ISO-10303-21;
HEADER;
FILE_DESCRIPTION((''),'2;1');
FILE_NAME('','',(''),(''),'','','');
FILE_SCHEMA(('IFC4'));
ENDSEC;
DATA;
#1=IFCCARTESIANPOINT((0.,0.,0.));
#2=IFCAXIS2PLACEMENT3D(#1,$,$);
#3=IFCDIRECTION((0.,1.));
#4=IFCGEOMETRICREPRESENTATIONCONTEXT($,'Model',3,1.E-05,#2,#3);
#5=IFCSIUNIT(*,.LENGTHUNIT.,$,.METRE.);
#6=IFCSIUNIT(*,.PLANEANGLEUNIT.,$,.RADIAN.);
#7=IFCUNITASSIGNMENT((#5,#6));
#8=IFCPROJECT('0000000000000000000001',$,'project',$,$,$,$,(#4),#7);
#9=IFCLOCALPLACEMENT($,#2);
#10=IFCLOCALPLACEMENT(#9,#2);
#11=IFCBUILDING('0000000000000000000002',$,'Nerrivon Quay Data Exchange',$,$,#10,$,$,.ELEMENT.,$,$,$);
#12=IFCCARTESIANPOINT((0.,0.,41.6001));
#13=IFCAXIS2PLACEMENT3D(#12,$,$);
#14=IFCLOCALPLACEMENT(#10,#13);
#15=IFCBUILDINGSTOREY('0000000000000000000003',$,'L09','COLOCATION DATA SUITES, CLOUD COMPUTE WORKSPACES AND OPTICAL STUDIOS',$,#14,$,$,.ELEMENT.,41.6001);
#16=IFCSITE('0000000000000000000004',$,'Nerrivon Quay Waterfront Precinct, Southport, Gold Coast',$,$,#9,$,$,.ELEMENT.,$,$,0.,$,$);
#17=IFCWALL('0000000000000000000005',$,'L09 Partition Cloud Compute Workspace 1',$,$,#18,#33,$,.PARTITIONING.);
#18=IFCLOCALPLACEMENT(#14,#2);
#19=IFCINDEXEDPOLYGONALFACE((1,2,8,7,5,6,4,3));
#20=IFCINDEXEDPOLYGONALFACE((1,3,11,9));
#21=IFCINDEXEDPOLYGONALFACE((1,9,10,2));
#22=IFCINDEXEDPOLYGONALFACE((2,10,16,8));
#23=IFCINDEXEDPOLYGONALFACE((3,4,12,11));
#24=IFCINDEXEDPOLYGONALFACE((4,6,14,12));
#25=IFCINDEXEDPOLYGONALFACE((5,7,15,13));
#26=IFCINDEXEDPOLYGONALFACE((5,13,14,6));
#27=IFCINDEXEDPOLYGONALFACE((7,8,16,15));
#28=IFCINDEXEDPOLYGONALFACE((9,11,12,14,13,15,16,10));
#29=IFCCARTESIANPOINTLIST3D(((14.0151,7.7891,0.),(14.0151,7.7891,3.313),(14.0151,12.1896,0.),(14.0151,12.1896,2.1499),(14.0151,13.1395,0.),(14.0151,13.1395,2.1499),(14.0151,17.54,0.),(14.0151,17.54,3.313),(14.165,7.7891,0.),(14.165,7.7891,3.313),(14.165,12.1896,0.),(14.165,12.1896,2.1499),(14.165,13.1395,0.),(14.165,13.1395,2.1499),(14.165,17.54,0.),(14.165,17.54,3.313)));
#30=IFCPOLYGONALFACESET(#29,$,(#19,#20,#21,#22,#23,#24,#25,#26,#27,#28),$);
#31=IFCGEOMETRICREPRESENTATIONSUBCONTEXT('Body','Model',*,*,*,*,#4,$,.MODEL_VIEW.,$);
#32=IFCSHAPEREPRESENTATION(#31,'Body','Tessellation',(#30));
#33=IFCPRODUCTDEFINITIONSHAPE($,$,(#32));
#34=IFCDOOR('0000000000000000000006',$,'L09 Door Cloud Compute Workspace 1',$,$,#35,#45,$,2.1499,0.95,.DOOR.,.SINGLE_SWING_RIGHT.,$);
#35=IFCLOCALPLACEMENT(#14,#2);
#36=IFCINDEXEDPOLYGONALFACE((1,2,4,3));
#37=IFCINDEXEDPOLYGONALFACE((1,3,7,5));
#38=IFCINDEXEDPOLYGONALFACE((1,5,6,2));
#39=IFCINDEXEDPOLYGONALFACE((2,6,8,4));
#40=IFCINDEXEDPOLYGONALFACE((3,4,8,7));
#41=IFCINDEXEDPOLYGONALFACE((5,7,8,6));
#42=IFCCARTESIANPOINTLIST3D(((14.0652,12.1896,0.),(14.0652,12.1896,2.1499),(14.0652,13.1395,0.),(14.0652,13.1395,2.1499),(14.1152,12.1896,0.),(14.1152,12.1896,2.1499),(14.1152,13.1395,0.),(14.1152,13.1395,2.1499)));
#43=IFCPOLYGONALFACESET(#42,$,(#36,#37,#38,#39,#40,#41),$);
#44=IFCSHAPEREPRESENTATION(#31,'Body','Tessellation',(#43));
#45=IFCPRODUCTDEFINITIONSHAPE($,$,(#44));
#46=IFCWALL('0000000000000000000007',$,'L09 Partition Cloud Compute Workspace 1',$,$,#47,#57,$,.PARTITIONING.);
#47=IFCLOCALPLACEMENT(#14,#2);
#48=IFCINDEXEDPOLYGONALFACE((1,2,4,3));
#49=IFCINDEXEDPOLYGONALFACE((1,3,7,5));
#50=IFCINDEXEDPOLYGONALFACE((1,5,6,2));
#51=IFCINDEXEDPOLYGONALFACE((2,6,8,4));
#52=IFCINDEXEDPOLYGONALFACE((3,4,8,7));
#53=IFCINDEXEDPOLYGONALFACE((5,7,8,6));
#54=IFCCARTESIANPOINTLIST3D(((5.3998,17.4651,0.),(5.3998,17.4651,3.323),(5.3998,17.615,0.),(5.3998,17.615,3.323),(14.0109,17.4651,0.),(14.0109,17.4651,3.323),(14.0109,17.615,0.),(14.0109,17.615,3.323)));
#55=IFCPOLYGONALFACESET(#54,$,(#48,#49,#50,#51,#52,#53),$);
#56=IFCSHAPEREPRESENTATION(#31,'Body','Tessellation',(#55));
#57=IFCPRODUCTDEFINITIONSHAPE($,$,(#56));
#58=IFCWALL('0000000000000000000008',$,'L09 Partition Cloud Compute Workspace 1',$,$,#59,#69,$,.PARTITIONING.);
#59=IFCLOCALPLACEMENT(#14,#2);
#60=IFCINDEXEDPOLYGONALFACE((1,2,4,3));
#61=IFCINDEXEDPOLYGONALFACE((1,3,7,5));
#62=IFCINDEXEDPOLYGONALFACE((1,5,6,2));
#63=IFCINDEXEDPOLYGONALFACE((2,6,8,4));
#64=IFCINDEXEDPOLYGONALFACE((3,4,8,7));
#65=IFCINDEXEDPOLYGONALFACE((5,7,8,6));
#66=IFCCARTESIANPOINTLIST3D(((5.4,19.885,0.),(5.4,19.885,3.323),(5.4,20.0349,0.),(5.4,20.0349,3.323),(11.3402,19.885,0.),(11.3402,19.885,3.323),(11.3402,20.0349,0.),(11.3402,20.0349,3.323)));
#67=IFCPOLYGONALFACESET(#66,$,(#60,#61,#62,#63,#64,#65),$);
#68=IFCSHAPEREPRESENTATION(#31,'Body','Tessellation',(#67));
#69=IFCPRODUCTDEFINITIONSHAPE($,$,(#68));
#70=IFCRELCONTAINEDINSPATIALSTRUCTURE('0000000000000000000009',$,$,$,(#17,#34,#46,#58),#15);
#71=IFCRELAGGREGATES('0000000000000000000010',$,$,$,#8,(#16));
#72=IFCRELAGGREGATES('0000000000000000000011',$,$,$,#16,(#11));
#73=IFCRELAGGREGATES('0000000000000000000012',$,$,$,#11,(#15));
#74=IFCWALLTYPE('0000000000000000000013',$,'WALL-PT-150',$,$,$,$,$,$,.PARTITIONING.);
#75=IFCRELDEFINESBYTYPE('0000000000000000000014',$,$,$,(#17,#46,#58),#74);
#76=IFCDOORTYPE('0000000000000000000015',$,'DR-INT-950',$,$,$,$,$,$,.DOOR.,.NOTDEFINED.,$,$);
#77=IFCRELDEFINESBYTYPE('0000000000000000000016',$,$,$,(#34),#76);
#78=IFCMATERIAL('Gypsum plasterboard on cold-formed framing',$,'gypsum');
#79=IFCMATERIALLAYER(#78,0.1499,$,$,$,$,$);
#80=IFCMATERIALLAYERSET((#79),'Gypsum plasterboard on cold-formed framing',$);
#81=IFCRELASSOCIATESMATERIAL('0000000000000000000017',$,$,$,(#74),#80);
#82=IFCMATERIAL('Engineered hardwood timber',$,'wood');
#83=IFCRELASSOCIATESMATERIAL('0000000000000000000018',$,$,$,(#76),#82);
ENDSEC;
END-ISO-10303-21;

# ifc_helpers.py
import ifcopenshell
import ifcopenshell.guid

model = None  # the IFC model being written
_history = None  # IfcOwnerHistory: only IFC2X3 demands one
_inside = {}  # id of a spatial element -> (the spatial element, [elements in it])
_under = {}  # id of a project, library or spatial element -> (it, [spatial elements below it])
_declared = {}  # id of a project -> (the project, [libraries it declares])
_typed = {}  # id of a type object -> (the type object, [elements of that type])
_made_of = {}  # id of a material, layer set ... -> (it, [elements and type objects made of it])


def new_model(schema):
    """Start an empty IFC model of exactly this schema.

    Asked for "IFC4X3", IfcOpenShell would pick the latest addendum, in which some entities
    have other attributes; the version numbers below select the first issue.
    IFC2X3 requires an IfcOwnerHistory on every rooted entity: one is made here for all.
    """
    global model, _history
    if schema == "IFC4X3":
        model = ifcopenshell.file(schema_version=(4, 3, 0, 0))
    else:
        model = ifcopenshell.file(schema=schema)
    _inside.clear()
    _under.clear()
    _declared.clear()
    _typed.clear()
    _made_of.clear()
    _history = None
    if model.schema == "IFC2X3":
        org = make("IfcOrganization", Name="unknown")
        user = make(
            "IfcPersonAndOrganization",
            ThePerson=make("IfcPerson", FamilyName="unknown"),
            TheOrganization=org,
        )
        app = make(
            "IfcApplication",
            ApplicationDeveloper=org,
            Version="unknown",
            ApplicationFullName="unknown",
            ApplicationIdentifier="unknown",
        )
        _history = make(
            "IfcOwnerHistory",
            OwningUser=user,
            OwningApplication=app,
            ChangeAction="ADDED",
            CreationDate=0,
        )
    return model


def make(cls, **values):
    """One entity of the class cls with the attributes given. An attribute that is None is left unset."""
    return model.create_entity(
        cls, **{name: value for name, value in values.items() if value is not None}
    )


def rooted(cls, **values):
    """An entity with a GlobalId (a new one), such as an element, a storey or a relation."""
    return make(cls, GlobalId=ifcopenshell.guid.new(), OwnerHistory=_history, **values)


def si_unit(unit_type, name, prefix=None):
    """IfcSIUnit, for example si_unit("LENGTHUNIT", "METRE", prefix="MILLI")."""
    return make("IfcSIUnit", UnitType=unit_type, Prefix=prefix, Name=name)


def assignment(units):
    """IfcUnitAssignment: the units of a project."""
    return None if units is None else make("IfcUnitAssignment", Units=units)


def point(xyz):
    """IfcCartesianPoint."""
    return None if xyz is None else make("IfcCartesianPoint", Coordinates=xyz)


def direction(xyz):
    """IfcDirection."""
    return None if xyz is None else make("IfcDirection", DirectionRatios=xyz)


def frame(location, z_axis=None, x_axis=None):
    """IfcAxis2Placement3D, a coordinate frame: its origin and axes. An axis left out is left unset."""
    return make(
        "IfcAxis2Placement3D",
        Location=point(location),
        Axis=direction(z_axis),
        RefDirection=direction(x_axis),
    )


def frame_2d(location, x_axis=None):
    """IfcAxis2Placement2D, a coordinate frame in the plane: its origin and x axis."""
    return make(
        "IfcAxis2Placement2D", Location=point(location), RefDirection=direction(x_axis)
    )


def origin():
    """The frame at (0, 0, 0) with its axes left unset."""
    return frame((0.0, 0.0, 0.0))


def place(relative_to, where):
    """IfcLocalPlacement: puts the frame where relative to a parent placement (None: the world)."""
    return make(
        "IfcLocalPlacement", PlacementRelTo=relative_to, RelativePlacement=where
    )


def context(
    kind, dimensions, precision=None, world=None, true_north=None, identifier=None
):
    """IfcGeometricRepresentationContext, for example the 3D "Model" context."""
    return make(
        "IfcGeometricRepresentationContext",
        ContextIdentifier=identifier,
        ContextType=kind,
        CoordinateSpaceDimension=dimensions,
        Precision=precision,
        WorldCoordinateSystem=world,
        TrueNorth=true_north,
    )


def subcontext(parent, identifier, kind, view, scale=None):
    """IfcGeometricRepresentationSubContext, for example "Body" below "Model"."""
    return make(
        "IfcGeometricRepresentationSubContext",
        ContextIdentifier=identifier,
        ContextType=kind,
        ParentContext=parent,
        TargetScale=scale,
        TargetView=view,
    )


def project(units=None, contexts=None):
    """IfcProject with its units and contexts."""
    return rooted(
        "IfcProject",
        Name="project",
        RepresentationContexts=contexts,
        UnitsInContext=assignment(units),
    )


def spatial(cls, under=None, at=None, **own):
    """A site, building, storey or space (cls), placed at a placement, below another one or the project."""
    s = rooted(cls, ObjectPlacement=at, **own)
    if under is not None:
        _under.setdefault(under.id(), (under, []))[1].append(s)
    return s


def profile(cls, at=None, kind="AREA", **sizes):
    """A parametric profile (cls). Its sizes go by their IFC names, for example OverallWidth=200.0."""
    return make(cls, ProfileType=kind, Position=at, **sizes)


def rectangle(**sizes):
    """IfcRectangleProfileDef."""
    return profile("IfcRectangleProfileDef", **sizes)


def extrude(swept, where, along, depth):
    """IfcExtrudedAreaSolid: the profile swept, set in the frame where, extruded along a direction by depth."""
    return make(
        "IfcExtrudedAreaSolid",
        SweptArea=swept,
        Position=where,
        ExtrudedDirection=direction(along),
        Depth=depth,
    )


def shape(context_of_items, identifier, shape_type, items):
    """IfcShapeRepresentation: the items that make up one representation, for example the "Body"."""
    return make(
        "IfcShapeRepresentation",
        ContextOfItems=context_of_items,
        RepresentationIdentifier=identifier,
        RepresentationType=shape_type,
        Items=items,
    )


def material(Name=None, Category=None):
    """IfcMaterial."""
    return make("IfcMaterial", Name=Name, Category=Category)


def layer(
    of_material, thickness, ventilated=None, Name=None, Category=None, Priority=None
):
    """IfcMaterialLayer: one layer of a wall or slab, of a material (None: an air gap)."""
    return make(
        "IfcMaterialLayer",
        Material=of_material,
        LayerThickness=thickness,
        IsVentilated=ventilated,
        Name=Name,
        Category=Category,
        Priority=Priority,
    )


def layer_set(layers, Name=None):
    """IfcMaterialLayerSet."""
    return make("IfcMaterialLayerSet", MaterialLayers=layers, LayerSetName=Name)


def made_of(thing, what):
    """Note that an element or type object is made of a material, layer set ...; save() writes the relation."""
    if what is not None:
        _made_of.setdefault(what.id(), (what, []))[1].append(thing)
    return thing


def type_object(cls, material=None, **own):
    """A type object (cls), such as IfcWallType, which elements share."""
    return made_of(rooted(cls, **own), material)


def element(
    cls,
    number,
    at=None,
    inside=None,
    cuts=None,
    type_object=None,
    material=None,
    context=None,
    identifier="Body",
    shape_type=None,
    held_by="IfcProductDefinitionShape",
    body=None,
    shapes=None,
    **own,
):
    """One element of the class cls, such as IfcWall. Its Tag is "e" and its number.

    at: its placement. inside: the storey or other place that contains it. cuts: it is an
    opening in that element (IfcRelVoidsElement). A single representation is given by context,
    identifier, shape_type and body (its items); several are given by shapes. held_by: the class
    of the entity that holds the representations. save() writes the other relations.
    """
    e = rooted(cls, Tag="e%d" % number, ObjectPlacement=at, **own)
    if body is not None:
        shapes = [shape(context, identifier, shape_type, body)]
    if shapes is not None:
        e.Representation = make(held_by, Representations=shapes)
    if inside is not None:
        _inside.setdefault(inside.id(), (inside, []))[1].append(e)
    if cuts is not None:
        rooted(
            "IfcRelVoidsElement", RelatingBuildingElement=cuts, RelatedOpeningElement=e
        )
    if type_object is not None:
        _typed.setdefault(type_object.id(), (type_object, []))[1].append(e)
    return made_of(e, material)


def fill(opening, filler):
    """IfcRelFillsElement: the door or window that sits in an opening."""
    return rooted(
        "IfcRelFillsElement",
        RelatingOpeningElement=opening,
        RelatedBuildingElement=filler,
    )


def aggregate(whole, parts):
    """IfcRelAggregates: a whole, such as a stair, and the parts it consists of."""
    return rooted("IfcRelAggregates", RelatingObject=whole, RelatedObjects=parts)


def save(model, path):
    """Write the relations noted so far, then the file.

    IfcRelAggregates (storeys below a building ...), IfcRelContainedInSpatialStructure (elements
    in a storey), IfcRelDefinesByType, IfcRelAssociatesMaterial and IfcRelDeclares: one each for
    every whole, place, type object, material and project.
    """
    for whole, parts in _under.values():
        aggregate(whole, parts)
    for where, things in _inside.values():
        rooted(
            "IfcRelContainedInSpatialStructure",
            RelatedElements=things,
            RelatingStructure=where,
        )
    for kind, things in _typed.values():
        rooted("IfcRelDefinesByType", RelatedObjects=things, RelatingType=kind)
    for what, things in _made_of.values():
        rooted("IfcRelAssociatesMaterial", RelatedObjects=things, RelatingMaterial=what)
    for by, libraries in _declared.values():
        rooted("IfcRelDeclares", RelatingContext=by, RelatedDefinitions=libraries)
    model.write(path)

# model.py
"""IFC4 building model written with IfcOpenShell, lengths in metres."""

from ifc_helpers import new_model, si_unit, direction, frame, frame_2d, origin, place, context, subcontext, project, spatial, rectangle, extrude, material, layer, layer_set, type_object, element, fill, save


model = new_model("IFC4")

# Units and contexts
model_context = context("Model", 3, precision=1e-05, world=origin(), true_north=direction((0.0, 1.0)))
body_context = subcontext(model_context, "Body", "Model", "MODEL_VIEW")
ifc_project = project(units=[si_unit("LENGTHUNIT", "METRE"), si_unit("PLANEANGLEUNIT", "RADIAN")], contexts=[model_context])

# Site, building, storey
site_placement = place(None, origin())
site = spatial("IfcSite", under=ifc_project, at=site_placement, Name="Nerrivon Quay Waterfront Precinct, Southport, Gold Coast", CompositionType="ELEMENT", RefElevation=0.0)
building_placement = place(site_placement, origin())
building = spatial("IfcBuilding", under=site, at=building_placement, Name="Nerrivon Quay Data Exchange", CompositionType="ELEMENT")
storey_placement = place(building_placement, frame((0.0, 0.0, 41.6001)))
storey = spatial("IfcBuildingStorey", under=building, at=storey_placement, Name="L09", Description="COLOCATION DATA SUITES, CLOUD COMPUTE WORKSPACES AND OPTICAL STUDIOS", CompositionType="ELEMENT", Elevation=41.6001)

# Shared definitions
ifc_material_1 = material(Name="Gypsum plasterboard on cold-formed framing", Category="gypsum")
ifc_material_2 = material(Name="Engineered hardwood timber", Category="wood")

# Shared definitions
ifc_layer_1 = layer(ifc_material_1, 0.1499)
ifc_layer_set_1 = layer_set([ifc_layer_1], Name="Gypsum plasterboard on cold-formed framing")
wall_type_1 = type_object("IfcWallType", Name="WALL-PT-150", PredefinedType="PARTITIONING", material=ifc_layer_set_1)

# Wall, opening, door
wall_1_placement = place(storey_placement, frame((14.0901, 7.7891, 0.0), z_axis=(0.0, 0.0, 1.0), x_axis=(0.0, 1.0, 0.0)))
wall_1 = element("IfcWall", 1, at=wall_1_placement, inside=storey, type_object=wall_type_1, Name="L09 Partition Cloud Compute Workspace 1", PredefinedType="PARTITIONING", context=body_context, shape_type="SweptSolid", body=[
    extrude(rectangle(XDim=9.751, YDim=0.1499, at=frame_2d((4.8755, 0.0))), origin(), (0.0, 0.0, 1.0), 3.313),
])
opening_1_placement = place(wall_1_placement, frame((4.4004, 0.0, 0.0)))
opening_1 = element("IfcOpeningElement", 2, at=opening_1_placement, cuts=wall_1, PredefinedType="OPENING", context=body_context, shape_type="SweptSolid", body=[
    extrude(rectangle(XDim=0.95, YDim=2.1499, at=frame_2d((0.4751, 1.075))), frame((0.0, 0.085, 0.0), z_axis=(0.0, -1.0, 0.0), x_axis=(1.0, 0.0, 0.0)), (0.0, 0.0, 1.0), 0.1699),
])
door_type_1 = type_object("IfcDoorType", Name="DR-INT-950", OperationType="NOTDEFINED", PredefinedType="DOOR", material=ifc_material_2)
door_1_placement = place(opening_1_placement, origin())
door_1 = element("IfcDoor", 3, at=door_1_placement, inside=storey, type_object=door_type_1, Name="L09 Door Cloud Compute Workspace 1", OperationType="SINGLE_SWING_RIGHT", OverallHeight=2.1499, OverallWidth=0.95, PredefinedType="DOOR", context=body_context, shape_type="SweptSolid", body=[
    extrude(rectangle(XDim=0.95, YDim=2.1499, at=frame_2d((0.4751, 1.075))), frame((0.0, 0.0249, 0.0), z_axis=(0.0, -1.0, 0.0), x_axis=(1.0, 0.0, 0.0)), (0.0, 0.0, 1.0), 0.05),
])
fill(opening_1, door_1)

# Walls
wall_2_placement = place(storey_placement, frame((14.011, 17.54, 0.0), z_axis=(0.0, 0.0, 1.0), x_axis=(-1.0, 0.0, 0.0)))
element("IfcWall", 4, at=wall_2_placement, inside=storey, type_object=wall_type_1, Name="L09 Partition Cloud Compute Workspace 1", PredefinedType="PARTITIONING", context=body_context, shape_type="SweptSolid", body=[
    extrude(rectangle(XDim=8.6111, YDim=0.1499, at=frame_2d((4.3057, 0.0))), origin(), (0.0, 0.0, 1.0), 3.323),
])
wall_3_placement = place(storey_placement, frame((5.3999, 19.96, 0.0), z_axis=(0.0, 0.0, 1.0), x_axis=(1.0, 0.0, 0.0)))
element("IfcWall", 5, at=wall_3_placement, inside=storey, type_object=wall_type_1, Name="L09 Partition Cloud Compute Workspace 1", PredefinedType="PARTITIONING", context=body_context, shape_type="SweptSolid", body=[
    extrude(rectangle(XDim=5.9402, YDim=0.1499, at=frame_2d((2.9702, 0.0))), origin(), (0.0, 0.0, 1.0), 3.323),
])

save(model, "model.ifc")
